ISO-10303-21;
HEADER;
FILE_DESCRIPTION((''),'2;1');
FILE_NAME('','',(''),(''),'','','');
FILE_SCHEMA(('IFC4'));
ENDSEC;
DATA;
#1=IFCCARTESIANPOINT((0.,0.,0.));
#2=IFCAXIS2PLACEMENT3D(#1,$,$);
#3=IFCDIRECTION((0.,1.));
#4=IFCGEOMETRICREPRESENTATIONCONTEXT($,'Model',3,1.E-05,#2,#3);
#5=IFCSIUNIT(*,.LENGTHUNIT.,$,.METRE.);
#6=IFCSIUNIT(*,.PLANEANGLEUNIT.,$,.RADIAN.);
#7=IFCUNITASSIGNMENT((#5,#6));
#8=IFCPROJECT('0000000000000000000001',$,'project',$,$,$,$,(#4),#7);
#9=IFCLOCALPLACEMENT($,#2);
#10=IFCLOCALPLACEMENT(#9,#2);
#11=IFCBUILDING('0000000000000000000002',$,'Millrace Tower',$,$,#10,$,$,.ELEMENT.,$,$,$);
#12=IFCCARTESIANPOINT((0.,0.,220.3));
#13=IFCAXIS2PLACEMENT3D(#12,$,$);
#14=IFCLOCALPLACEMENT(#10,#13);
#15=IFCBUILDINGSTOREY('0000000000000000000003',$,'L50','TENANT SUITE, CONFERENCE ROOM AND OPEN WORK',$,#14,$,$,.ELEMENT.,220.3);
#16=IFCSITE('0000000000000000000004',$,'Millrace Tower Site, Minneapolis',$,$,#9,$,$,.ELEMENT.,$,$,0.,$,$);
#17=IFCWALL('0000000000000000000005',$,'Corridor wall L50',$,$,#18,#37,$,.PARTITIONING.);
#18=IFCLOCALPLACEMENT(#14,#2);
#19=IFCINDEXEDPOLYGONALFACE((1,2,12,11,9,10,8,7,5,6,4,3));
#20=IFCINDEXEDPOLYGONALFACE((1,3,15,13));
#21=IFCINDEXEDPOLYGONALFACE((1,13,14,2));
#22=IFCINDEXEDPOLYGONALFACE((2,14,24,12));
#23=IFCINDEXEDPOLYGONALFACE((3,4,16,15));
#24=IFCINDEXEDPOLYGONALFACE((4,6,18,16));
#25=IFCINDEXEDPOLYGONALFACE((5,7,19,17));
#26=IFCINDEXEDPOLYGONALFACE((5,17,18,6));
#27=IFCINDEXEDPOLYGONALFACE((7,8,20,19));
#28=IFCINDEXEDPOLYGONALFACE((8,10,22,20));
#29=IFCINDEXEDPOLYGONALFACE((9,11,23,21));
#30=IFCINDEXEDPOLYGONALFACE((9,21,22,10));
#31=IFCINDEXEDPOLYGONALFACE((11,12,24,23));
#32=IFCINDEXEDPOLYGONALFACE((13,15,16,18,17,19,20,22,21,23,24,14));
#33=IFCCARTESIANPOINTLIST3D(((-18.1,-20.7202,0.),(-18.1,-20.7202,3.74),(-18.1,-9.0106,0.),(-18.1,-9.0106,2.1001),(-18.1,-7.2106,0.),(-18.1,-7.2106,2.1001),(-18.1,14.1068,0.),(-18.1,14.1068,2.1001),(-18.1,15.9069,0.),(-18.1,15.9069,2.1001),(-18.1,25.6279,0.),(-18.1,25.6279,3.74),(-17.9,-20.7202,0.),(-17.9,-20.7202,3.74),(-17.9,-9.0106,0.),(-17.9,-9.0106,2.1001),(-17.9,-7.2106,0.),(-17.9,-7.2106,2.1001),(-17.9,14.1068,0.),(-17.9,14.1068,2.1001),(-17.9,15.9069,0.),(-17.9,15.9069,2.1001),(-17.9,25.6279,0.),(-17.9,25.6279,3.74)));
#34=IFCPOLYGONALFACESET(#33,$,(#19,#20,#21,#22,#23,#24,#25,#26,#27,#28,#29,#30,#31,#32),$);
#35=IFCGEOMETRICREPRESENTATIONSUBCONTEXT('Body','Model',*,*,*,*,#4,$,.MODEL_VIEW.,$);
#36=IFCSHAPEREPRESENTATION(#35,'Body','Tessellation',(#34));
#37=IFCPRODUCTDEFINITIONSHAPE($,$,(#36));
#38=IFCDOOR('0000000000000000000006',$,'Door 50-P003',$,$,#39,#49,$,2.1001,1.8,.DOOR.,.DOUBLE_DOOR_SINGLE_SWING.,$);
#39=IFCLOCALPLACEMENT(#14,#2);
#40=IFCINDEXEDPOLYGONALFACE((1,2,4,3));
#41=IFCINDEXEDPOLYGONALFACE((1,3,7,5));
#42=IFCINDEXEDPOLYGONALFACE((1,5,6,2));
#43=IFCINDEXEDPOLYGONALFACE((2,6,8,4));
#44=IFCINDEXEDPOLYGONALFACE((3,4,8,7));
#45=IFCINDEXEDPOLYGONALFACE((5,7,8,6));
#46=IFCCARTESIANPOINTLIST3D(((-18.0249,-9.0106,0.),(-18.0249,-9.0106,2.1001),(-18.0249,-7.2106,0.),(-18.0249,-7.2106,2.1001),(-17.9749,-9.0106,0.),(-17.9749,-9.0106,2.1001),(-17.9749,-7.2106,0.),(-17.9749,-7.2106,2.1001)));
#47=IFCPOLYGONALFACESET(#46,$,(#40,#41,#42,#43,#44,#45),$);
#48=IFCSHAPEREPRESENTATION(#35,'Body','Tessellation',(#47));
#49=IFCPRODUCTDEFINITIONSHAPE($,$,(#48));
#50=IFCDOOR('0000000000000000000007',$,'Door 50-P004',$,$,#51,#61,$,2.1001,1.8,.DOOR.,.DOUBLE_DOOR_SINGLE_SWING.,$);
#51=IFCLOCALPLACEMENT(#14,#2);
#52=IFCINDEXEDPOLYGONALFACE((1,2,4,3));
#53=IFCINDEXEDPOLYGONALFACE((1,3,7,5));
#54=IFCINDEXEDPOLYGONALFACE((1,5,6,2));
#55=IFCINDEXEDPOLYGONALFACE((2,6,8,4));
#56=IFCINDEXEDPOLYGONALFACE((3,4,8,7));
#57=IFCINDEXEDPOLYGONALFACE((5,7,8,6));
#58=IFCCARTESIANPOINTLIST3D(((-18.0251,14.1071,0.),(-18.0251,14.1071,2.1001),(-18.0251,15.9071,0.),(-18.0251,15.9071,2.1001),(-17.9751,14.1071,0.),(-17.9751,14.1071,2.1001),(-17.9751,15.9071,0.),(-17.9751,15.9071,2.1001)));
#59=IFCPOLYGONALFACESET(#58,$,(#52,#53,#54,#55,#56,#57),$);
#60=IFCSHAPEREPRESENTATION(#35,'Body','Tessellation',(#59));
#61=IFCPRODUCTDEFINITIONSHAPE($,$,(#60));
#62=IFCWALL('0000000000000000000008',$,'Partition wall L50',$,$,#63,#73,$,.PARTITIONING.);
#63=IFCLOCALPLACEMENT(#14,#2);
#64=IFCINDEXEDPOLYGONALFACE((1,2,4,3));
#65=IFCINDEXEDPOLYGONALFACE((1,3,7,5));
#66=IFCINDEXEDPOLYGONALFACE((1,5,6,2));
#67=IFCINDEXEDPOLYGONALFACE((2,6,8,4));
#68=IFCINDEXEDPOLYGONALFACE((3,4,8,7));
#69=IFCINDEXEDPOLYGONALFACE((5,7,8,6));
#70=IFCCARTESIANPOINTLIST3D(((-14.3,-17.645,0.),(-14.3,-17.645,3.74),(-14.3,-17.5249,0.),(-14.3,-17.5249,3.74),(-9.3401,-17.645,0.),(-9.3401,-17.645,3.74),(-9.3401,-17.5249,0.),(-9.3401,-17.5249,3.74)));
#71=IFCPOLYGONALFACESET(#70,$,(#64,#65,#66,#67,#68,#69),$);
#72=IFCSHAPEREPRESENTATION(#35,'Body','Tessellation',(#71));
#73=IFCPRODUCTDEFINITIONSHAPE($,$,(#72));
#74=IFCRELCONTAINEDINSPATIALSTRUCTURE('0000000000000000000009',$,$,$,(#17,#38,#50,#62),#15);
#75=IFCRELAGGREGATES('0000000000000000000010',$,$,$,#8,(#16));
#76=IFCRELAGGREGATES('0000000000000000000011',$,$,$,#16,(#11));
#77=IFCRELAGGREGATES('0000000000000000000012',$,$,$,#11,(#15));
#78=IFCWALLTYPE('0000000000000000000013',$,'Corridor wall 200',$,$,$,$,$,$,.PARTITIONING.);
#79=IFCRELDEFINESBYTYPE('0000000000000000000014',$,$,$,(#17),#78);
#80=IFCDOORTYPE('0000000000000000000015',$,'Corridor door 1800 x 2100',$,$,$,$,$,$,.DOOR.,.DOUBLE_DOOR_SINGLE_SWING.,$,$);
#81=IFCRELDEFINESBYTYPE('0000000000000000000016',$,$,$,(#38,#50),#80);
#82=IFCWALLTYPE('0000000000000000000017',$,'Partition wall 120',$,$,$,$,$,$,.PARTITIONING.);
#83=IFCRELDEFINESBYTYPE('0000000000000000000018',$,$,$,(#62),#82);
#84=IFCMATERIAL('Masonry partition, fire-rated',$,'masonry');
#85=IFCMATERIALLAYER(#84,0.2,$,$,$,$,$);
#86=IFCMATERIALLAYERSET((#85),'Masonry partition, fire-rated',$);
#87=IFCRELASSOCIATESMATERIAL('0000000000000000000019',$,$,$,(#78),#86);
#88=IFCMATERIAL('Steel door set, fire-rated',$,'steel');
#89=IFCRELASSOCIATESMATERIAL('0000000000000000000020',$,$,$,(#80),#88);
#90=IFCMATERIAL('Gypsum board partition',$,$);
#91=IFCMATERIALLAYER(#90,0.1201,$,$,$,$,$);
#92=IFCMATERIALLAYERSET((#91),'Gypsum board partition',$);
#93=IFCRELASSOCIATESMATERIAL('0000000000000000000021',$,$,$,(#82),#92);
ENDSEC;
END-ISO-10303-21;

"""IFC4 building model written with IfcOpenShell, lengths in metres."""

from ifc_helpers import new_model, si_unit, direction, frame, frame_2d, origin, place, context, subcontext, project, spatial, rectangle, extrude, material, layer, layer_set, type_object, element, fill, save


model = new_model("IFC4")

# Units and contexts
model_context = context("Model", 3, precision=1e-05, world=origin(), true_north=direction((0.0, 1.0)))
body_context = subcontext(model_context, "Body", "Model", "MODEL_VIEW")
ifc_project = project(units=[si_unit("LENGTHUNIT", "METRE"), si_unit("PLANEANGLEUNIT", "RADIAN")], contexts=[model_context])

# Site, building, storey
site_placement = place(None, origin())
site = spatial("IfcSite", under=ifc_project, at=site_placement, Name="Millrace Tower Site, Minneapolis", CompositionType="ELEMENT", RefElevation=0.0)
building_placement = place(site_placement, origin())
building = spatial("IfcBuilding", under=site, at=building_placement, Name="Millrace Tower", CompositionType="ELEMENT")
storey_placement = place(building_placement, frame((0.0, 0.0, 220.3)))
storey = spatial("IfcBuildingStorey", under=building, at=storey_placement, Name="L50", Description="TENANT SUITE, CONFERENCE ROOM AND OPEN WORK", CompositionType="ELEMENT", Elevation=220.3)

# Shared definitions
ifc_material_1 = material(Name="Masonry partition, fire-rated", Category="masonry")
ifc_layer_1 = layer(ifc_material_1, 0.2)
ifc_layer_set_1 = layer_set([ifc_layer_1], Name="Masonry partition, fire-rated")
wall_type_1 = type_object("IfcWallType", Name="Corridor wall 200", PredefinedType="PARTITIONING", material=ifc_layer_set_1)

# Wall, openings, doors
wall_1_placement = place(storey_placement, frame((-18.0, -20.7202, 0.0), z_axis=(0.0, 0.0, 1.0), x_axis=(0.0, 1.0, 0.0)))
wall_1 = element("IfcWall", 1, at=wall_1_placement, inside=storey, type_object=wall_type_1, Name="Corridor wall L50", PredefinedType="PARTITIONING", context=body_context, shape_type="SweptSolid", body=[
    extrude(rectangle(XDim=46.3481, YDim=0.2, at=frame_2d((23.1741, 0.0))), origin(), (0.0, 0.0, 1.0), 3.74),
])
opening_1_placement = place(wall_1_placement, frame((11.7097, 0.0, 0.0)))
opening_1 = element("IfcOpeningElement", 2, at=opening_1_placement, cuts=wall_1, PredefinedType="OPENING", context=body_context, shape_type="SweptSolid", body=[
    extrude(rectangle(XDim=1.8, YDim=2.1001, at=frame_2d((0.8999, 1.05))), frame((0.0, 0.1099, 0.0), z_axis=(0.0, -1.0, 0.0), x_axis=(1.0, 0.0, 0.0)), (0.0, 0.0, 1.0), 0.22),
])
opening_2_placement = place(wall_1_placement, frame((34.8271, 0.0, 0.0)))
opening_2 = element("IfcOpeningElement", 3, at=opening_2_placement, cuts=wall_1, PredefinedType="OPENING", context=body_context, shape_type="SweptSolid", body=[
    extrude(rectangle(XDim=1.8, YDim=2.1001, at=frame_2d((0.8999, 1.05))), frame((0.0, 0.1099, 0.0), z_axis=(0.0, -1.0, 0.0), x_axis=(1.0, 0.0, 0.0)), (0.0, 0.0, 1.0), 0.22),
])
ifc_material_2 = material(Name="Steel door set, fire-rated", Category="steel")
door_type_1 = type_object("IfcDoorType", Name="Corridor door 1800 x 2100", OperationType="DOUBLE_DOOR_SINGLE_SWING", PredefinedType="DOOR", material=ifc_material_2)
door_1_placement = place(opening_1_placement, origin())
door_1 = element("IfcDoor", 4, at=door_1_placement, inside=storey, type_object=door_type_1, Name="Door 50-P003", OperationType="DOUBLE_DOOR_SINGLE_SWING", OverallHeight=2.1001, OverallWidth=1.8, PredefinedType="DOOR", context=body_context, shape_type="SweptSolid", body=[
    extrude(rectangle(XDim=1.8, YDim=2.1001, at=frame_2d((0.8999, 1.05))), frame((0.0, 0.0249, 0.0), z_axis=(0.0, -1.0, 0.0), x_axis=(1.0, 0.0, 0.0)), (0.0, 0.0, 1.0), 0.05),
])
fill(opening_1, door_1)
door_2_placement = place(opening_2_placement, frame((1.8, 0.0, 0.0), z_axis=(0.0, 0.0, 1.0), x_axis=(-1.0, 0.0, 0.0)))
door_2 = element("IfcDoor", 5, at=door_2_placement, inside=storey, type_object=door_type_1, Name="Door 50-P004", OperationType="DOUBLE_DOOR_SINGLE_SWING", OverallHeight=2.1001, OverallWidth=1.8, PredefinedType="DOOR", context=body_context, shape_type="SweptSolid", body=[
    extrude(rectangle(XDim=1.8, YDim=2.1001, at=frame_2d((0.8999, 1.05))), frame((0.0, 0.0249, 0.0), z_axis=(0.0, -1.0, 0.0), x_axis=(1.0, 0.0, 0.0)), (0.0, 0.0, 1.0), 0.05),
])
fill(opening_2, door_2)

# Wall
ifc_material_3 = material(Name="Gypsum board partition")
ifc_layer_2 = layer(ifc_material_3, 0.1201)
ifc_layer_set_2 = layer_set([ifc_layer_2], Name="Gypsum board partition")
wall_type_2 = type_object("IfcWallType", Name="Partition wall 120", PredefinedType="PARTITIONING", material=ifc_layer_set_2)
wall_2_placement = place(storey_placement, frame((-14.3, -17.585, 0.0), z_axis=(0.0, 0.0, 1.0), x_axis=(1.0, 0.0, 0.0)))
element("IfcWall", 6, at=wall_2_placement, inside=storey, type_object=wall_type_2, Name="Partition wall L50", PredefinedType="PARTITIONING", context=body_context, shape_type="SweptSolid", body=[
    extrude(rectangle(XDim=4.96, YDim=0.1201, at=frame_2d((2.48, 0.0))), origin(), (0.0, 0.0, 1.0), 3.74),
])

save(model, "model.ifc")
